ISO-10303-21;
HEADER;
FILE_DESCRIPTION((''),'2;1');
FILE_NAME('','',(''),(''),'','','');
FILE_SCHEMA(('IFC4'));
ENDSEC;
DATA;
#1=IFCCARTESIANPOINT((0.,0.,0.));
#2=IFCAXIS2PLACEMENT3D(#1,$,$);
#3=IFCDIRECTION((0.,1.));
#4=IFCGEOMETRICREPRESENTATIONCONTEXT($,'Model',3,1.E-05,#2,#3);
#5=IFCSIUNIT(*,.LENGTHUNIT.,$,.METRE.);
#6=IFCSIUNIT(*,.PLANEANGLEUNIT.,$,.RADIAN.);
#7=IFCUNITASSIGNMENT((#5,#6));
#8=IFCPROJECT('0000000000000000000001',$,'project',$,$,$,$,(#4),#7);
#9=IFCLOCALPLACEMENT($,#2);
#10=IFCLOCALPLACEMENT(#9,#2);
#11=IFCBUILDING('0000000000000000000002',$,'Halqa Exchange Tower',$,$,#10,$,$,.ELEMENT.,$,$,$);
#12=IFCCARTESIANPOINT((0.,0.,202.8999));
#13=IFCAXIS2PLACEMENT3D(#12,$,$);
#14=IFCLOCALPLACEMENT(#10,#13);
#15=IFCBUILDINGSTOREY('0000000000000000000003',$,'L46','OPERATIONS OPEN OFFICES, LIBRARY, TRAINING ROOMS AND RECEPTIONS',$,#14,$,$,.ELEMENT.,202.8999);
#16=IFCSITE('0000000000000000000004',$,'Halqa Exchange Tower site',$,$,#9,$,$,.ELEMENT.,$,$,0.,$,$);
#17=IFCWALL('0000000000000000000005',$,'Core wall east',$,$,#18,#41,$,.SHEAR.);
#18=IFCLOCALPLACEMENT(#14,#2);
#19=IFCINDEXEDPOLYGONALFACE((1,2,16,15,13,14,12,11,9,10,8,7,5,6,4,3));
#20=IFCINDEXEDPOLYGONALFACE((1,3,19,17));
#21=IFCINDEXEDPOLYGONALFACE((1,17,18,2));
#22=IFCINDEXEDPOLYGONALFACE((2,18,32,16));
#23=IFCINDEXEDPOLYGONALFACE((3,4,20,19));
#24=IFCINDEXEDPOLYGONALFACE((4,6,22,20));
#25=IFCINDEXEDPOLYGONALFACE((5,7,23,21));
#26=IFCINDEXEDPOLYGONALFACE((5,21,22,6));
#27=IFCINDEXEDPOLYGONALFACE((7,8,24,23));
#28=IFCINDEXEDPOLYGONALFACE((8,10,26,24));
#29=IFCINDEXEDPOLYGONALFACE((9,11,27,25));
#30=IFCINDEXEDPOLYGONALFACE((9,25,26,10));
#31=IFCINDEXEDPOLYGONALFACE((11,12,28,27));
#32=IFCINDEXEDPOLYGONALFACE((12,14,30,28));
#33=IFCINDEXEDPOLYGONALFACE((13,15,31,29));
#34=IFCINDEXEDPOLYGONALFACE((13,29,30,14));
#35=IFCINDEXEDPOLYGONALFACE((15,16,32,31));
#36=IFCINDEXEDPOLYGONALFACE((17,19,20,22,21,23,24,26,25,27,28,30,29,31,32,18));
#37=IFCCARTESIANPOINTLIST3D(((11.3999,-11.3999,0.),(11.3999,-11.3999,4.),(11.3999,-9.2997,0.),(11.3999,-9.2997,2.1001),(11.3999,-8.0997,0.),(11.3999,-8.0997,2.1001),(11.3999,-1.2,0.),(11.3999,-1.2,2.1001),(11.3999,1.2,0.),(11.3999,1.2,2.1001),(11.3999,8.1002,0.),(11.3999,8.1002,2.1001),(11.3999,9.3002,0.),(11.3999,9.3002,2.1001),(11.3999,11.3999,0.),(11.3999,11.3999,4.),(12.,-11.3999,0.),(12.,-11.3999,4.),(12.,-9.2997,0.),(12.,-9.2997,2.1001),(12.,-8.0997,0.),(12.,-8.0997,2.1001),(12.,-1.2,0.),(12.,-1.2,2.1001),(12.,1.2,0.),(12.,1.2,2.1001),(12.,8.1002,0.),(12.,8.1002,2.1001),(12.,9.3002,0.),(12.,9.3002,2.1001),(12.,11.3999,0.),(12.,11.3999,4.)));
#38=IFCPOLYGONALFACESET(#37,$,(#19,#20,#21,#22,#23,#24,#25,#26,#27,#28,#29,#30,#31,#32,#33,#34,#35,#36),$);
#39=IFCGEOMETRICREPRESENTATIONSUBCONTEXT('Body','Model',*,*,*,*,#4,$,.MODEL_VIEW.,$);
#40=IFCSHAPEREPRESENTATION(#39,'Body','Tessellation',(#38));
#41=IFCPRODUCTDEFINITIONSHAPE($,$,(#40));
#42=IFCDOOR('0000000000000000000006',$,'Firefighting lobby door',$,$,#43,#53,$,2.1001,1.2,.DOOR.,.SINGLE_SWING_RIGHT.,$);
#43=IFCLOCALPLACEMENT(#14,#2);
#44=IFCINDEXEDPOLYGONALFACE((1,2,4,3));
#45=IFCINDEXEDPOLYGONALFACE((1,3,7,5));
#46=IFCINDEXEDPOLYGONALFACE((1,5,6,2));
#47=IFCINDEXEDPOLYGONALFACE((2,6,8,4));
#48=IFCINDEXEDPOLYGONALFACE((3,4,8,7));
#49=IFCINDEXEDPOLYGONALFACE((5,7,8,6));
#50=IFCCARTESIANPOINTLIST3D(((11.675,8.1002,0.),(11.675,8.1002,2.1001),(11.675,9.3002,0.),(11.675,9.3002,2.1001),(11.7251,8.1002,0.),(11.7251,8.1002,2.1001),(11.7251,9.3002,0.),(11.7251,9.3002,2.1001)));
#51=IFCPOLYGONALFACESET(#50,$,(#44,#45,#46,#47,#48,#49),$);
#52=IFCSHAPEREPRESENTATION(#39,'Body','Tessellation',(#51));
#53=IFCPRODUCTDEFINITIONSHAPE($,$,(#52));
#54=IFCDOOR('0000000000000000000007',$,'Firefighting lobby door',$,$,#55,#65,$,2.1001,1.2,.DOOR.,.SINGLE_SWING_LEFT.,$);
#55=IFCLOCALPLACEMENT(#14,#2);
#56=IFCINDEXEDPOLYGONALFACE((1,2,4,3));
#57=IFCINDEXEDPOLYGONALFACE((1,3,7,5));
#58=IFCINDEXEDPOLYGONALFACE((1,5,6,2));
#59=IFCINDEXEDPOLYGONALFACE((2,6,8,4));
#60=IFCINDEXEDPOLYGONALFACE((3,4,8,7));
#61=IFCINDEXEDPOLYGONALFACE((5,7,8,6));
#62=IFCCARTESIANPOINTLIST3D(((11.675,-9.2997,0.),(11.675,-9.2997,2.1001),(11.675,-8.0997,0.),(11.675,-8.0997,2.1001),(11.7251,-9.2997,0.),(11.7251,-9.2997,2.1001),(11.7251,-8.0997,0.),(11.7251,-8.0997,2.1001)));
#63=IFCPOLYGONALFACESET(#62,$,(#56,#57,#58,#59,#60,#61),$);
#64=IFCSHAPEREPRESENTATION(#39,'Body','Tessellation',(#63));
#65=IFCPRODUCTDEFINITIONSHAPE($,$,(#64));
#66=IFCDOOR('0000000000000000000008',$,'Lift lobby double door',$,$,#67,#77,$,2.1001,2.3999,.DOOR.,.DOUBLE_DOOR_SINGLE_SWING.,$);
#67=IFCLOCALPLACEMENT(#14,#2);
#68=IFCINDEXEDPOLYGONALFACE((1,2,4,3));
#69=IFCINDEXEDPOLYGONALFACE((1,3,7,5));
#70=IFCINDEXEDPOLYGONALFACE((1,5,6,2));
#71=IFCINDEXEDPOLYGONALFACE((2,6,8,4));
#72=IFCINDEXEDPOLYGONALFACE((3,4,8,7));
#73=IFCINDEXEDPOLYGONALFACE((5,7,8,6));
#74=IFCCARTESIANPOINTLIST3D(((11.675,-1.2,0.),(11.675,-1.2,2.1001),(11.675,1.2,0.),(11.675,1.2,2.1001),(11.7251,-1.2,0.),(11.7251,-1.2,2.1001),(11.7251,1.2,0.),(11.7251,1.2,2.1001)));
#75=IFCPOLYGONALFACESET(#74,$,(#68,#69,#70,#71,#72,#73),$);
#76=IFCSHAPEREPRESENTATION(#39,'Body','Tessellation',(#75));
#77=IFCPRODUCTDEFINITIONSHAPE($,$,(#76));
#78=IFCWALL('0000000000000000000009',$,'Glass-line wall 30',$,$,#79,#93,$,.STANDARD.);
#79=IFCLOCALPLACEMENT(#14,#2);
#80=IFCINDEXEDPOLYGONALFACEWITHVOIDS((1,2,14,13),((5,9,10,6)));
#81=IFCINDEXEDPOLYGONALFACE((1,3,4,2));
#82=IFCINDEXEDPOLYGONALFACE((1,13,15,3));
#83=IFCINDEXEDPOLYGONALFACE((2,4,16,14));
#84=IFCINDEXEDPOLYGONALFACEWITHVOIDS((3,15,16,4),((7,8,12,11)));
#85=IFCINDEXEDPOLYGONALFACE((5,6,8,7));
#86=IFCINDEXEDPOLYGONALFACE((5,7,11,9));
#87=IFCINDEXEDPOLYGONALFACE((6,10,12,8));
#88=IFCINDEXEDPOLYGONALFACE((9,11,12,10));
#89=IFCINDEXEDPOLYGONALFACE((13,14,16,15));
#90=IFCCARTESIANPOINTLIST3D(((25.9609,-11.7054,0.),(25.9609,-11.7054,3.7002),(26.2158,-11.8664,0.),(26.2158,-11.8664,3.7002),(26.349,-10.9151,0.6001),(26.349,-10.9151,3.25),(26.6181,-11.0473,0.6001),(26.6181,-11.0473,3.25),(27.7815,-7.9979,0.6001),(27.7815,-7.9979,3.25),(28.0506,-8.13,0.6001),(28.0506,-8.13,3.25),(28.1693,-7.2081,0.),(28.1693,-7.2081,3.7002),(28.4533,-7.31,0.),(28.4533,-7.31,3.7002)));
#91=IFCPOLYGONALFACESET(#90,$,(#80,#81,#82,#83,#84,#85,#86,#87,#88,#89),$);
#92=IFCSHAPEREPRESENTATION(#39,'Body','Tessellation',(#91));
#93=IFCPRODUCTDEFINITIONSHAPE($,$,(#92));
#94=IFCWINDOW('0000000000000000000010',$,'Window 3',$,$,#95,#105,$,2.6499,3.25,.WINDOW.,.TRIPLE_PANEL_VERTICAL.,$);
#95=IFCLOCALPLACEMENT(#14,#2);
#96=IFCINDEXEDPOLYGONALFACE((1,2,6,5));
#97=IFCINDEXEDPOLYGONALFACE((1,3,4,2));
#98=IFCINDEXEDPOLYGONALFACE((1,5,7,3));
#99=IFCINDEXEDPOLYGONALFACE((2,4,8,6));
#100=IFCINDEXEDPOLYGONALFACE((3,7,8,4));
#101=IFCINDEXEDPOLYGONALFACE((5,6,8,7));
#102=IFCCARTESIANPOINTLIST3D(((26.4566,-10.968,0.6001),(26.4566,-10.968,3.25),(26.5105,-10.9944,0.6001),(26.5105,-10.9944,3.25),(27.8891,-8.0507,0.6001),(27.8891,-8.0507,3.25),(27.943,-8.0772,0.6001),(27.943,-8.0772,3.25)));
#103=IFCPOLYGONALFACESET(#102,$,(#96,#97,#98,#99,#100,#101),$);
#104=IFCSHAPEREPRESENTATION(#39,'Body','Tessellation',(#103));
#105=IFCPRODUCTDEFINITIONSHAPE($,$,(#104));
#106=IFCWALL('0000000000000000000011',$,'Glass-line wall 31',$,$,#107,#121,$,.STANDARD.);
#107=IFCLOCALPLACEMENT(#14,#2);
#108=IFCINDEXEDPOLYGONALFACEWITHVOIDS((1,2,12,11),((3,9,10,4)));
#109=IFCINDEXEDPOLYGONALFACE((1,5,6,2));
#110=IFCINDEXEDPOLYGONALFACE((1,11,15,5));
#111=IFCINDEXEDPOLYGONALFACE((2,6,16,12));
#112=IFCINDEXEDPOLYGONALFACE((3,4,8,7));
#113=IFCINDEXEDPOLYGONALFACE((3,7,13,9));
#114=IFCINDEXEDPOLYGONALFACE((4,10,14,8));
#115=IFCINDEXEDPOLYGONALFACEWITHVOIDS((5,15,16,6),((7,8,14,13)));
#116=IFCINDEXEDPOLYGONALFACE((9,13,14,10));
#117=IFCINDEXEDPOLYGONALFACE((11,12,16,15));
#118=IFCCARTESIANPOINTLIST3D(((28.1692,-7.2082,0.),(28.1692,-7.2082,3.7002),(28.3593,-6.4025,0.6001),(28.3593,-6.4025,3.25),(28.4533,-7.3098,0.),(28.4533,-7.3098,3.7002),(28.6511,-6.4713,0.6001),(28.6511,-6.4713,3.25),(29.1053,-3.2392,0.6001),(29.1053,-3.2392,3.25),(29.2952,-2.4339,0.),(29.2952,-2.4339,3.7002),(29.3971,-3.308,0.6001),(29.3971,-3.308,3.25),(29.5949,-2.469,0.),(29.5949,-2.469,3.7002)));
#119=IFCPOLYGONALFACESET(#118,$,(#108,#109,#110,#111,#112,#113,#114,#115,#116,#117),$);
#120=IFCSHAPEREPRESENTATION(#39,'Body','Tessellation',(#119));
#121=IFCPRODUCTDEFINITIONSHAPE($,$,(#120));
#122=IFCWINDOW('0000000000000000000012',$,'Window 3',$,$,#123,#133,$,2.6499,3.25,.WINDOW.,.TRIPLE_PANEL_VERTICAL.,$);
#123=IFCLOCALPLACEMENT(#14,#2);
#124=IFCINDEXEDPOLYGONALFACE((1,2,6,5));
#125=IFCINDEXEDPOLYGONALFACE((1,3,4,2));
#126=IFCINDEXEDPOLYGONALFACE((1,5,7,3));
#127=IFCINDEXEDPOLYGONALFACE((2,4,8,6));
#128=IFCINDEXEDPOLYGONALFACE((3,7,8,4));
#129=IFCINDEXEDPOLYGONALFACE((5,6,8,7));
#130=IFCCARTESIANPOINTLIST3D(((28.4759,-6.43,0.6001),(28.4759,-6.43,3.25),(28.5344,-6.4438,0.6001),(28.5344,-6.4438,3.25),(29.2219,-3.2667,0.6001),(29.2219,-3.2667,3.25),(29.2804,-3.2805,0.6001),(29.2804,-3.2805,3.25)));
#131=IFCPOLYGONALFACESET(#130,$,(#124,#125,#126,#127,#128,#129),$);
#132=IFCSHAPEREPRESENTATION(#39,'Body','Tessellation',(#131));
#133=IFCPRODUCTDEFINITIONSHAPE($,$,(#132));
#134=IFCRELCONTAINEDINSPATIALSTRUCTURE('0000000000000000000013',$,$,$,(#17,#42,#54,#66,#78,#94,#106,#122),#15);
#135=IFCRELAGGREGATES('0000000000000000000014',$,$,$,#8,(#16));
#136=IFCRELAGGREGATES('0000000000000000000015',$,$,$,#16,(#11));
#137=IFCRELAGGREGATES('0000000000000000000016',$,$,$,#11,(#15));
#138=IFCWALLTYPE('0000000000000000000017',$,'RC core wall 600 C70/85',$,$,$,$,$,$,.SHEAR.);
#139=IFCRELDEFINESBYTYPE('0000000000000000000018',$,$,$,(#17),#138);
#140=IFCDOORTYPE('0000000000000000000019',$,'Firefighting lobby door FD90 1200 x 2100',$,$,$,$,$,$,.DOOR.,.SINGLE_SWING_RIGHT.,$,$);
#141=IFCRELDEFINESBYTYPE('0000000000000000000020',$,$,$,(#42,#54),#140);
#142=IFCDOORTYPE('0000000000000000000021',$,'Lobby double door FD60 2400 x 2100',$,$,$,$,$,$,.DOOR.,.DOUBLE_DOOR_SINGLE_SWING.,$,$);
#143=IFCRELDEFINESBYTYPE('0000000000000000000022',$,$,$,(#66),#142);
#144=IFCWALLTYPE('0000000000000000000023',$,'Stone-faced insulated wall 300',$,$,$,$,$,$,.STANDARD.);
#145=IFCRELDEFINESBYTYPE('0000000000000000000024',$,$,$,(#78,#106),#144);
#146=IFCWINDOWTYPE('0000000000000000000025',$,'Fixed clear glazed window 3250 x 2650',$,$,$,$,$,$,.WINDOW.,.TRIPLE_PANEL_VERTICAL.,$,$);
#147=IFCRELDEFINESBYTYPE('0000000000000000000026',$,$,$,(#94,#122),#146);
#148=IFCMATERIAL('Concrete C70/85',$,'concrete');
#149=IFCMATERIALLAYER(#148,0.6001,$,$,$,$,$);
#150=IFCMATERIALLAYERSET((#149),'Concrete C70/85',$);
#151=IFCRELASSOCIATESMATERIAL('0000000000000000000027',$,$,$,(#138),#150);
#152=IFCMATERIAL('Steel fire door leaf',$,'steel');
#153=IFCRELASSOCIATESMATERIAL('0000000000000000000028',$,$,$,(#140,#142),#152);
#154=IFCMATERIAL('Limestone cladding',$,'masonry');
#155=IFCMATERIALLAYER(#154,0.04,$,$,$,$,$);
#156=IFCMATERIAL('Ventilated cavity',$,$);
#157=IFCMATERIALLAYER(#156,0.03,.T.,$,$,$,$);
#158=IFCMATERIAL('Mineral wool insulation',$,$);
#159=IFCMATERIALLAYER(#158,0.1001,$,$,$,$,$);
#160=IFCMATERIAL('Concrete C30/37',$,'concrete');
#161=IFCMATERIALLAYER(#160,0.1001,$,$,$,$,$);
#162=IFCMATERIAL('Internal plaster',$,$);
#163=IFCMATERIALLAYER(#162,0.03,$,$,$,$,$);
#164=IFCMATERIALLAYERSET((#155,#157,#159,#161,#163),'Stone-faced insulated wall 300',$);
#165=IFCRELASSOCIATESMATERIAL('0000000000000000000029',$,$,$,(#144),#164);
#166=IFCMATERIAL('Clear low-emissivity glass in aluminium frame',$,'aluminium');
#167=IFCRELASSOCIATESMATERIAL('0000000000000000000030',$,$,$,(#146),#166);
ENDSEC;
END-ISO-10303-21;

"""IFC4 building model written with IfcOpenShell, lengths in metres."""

from ifc_helpers import new_model, si_unit, direction, frame, frame_2d, origin, place, context, subcontext, project, spatial, polyline, rectangle, outline, extrude, material, layer, layer_set, type_object, element, fill, save


model = new_model("IFC4")

# Units and contexts
model_context = context("Model", 3, precision=1e-05, world=origin(), true_north=direction((0.0, 1.0)))
body_context = subcontext(model_context, "Body", "Model", "MODEL_VIEW")
ifc_project = project(units=[si_unit("LENGTHUNIT", "METRE"), si_unit("PLANEANGLEUNIT", "RADIAN")], contexts=[model_context])

# Site, building, storey
site_placement = place(None, origin())
site = spatial("IfcSite", under=ifc_project, at=site_placement, Name="Halqa Exchange Tower site", CompositionType="ELEMENT", RefElevation=0.0)
building_placement = place(site_placement, origin())
building = spatial("IfcBuilding", under=site, at=building_placement, Name="Halqa Exchange Tower", CompositionType="ELEMENT")
storey_placement = place(building_placement, frame((0.0, 0.0, 202.8999)))
storey = spatial("IfcBuildingStorey", under=building, at=storey_placement, Name="L46", Description="OPERATIONS OPEN OFFICES, LIBRARY, TRAINING ROOMS AND RECEPTIONS", CompositionType="ELEMENT", Elevation=202.8999)

# Shared definitions
ifc_material_1 = material(Name="Steel fire door leaf", Category="steel")

# Wall, openings, doors
ifc_material_2 = material(Name="Concrete C70/85", Category="concrete")
ifc_layer_1 = layer(ifc_material_2, 0.6001)
ifc_layer_set_1 = layer_set([ifc_layer_1], Name="Concrete C70/85")
wall_type_1 = type_object("IfcWallType", Name="RC core wall 600 C70/85", PredefinedType="SHEAR", material=ifc_layer_set_1)
wall_1_placement = place(storey_placement, frame((11.7, -11.3999, 0.0), z_axis=(0.0, 0.0, 1.0), x_axis=(0.0, 1.0, 0.0)))
wall_1 = element("IfcWall", 1, at=wall_1_placement, inside=storey, type_object=wall_type_1, Name="Core wall east", PredefinedType="SHEAR", context=body_context, shape_type="SweptSolid", body=[
    extrude(rectangle(XDim=22.7998, YDim=0.6001, at=frame_2d((11.3999, 0.0))), origin(), (0.0, 0.0, 1.0), 4.0),
])
opening_1_placement = place(wall_1_placement, frame((10.2, 0.0, 0.0)))
opening_1 = element("IfcOpeningElement", 2, at=opening_1_placement, cuts=wall_1, PredefinedType="OPENING", context=body_context, shape_type="SweptSolid", body=[
    extrude(rectangle(XDim=2.3999, YDim=2.1001, at=frame_2d((1.2, 1.05))), frame((0.0, 0.312, 0.0), z_axis=(0.0, -1.0, 0.0), x_axis=(1.0, 0.0, 0.0)), (0.0, 0.0, 1.0), 0.624),
])
opening_2_placement = place(wall_1_placement, frame((19.5, 0.0, 0.0)))
opening_2 = element("IfcOpeningElement", 3, at=opening_2_placement, cuts=wall_1, PredefinedType="OPENING", context=body_context, shape_type="SweptSolid", body=[
    extrude(rectangle(XDim=1.2, YDim=2.1001, at=frame_2d((0.6001, 1.05))), frame((0.0, 0.312, 0.0), z_axis=(0.0, -1.0, 0.0), x_axis=(1.0, 0.0, 0.0)), (0.0, 0.0, 1.0), 0.624),
])
opening_3_placement = place(wall_1_placement, frame((2.1001, 0.0, 0.0)))
opening_3 = element("IfcOpeningElement", 4, at=opening_3_placement, cuts=wall_1, PredefinedType="OPENING", context=body_context, shape_type="SweptSolid", body=[
    extrude(rectangle(XDim=1.2, YDim=2.1001, at=frame_2d((0.6001, 1.05))), frame((0.0, 0.312, 0.0), z_axis=(0.0, -1.0, 0.0), x_axis=(1.0, 0.0, 0.0)), (0.0, 0.0, 1.0), 0.624),
])
door_type_1 = type_object("IfcDoorType", Name="Firefighting lobby door FD90 1200 x 2100", OperationType="SINGLE_SWING_RIGHT", PredefinedType="DOOR", material=ifc_material_1)
door_1_placement = place(opening_2_placement, origin())
door_1 = element("IfcDoor", 5, at=door_1_placement, inside=storey, type_object=door_type_1, Name="Firefighting lobby door", OperationType="SINGLE_SWING_RIGHT", OverallHeight=2.1001, OverallWidth=1.2, PredefinedType="DOOR", context=body_context, shape_type="SweptSolid", body=[
    extrude(rectangle(XDim=1.2, YDim=2.1001, at=frame_2d((0.6001, 1.05))), frame((0.0, 0.0249, 0.0), z_axis=(0.0, -1.0, 0.0), x_axis=(1.0, 0.0, 0.0)), (0.0, 0.0, 1.0), 0.05),
])
fill(opening_2, door_1)
door_2_placement = place(opening_3_placement, origin())
door_2 = element("IfcDoor", 6, at=door_2_placement, inside=storey, type_object=door_type_1, Name="Firefighting lobby door", OperationType="SINGLE_SWING_LEFT", OverallHeight=2.1001, OverallWidth=1.2, PredefinedType="DOOR", context=body_context, shape_type="SweptSolid", body=[
    extrude(rectangle(XDim=1.2, YDim=2.1001, at=frame_2d((0.6001, 1.05))), frame((0.0, 0.0249, 0.0), z_axis=(0.0, -1.0, 0.0), x_axis=(1.0, 0.0, 0.0)), (0.0, 0.0, 1.0), 0.05),
])
fill(opening_3, door_2)
door_type_2 = type_object("IfcDoorType", Name="Lobby double door FD60 2400 x 2100", OperationType="DOUBLE_DOOR_SINGLE_SWING", PredefinedType="DOOR", material=ifc_material_1)
door_3_placement = place(opening_1_placement, origin())
door_3 = element("IfcDoor", 7, at=door_3_placement, inside=storey, type_object=door_type_2, Name="Lift lobby double door", OperationType="DOUBLE_DOOR_SINGLE_SWING", OverallHeight=2.1001, OverallWidth=2.3999, PredefinedType="DOOR", context=body_context, shape_type="SweptSolid", body=[
    extrude(rectangle(XDim=2.3999, YDim=2.1001, at=frame_2d((1.2, 1.05))), frame((0.0, 0.0249, 0.0), z_axis=(0.0, -1.0, 0.0), x_axis=(1.0, 0.0, 0.0)), (0.0, 0.0, 1.0), 0.05),
])
fill(opening_1, door_3)

# Walls, openings, windows
ifc_material_3 = material(Name="Limestone cladding", Category="masonry")
ifc_layer_2 = layer(ifc_material_3, 0.04)
ifc_material_4 = material(Name="Ventilated cavity")
ifc_layer_3 = layer(ifc_material_4, 0.03, ventilated=True)
ifc_material_5 = material(Name="Mineral wool insulation")
ifc_layer_4 = layer(ifc_material_5, 0.1001)
ifc_material_6 = material(Name="Concrete C30/37", Category="concrete")
ifc_layer_5 = layer(ifc_material_6, 0.1001)
ifc_material_7 = material(Name="Internal plaster")
ifc_layer_6 = layer(ifc_material_7, 0.03)
ifc_layer_set_2 = layer_set([ifc_layer_2, ifc_layer_3, ifc_layer_4, ifc_layer_5, ifc_layer_6], Name="Stone-faced insulated wall 300")
wall_type_2 = type_object("IfcWallType", Name="Stone-faced insulated wall 300", PredefinedType="STANDARD", material=ifc_layer_set_2)
wall_2_placement = place(storey_placement, frame((26.0884, -11.7859, 0.0), z_axis=(0.0, 0.0, 1.0), x_axis=(0.440773, 0.897619, 0.0)))
wall_2 = element("IfcWall", 8, at=wall_2_placement, inside=storey, type_object=wall_type_2, Name="Glass-line wall 30", PredefinedType="STANDARD", context=body_context, shape_type="SweptSolid", body=[
    extrude(outline(polyline([(-0.0161, -0.1499), (5.0601, -0.1499), (5.0264, 0.1499), (0.0161, 0.1499), (-0.0161, -0.1499)])), origin(), (0.0, 0.0, 1.0), 3.7002),
])
opening_4_placement = place(wall_2_placement, frame((0.8965, 0.0, 0.6001)))
opening_4 = element("IfcOpeningElement", 9, at=opening_4_placement, cuts=wall_2, PredefinedType="OPENING", context=body_context, shape_type="SweptSolid", body=[
    extrude(rectangle(XDim=3.25, YDim=2.6499, at=frame_2d((1.625, 1.325))), frame((0.0, 0.1621, 0.0), z_axis=(0.0, -1.0, 0.0), x_axis=(1.0, 0.0, 0.0)), (0.0, 0.0, 1.0), 0.324),
])
ifc_material_8 = material(Name="Clear low-emissivity glass in aluminium frame", Category="aluminium")
window_type = type_object("IfcWindowType", Name="Fixed clear glazed window 3250 x 2650", PartitioningType="TRIPLE_PANEL_VERTICAL", PredefinedType="WINDOW", material=ifc_material_8)
window_1_placement = place(opening_4_placement, origin())
window_1 = element("IfcWindow", 10, at=window_1_placement, inside=storey, type_object=window_type, Name="Window 3", OverallHeight=2.6499, OverallWidth=3.25, PartitioningType="TRIPLE_PANEL_VERTICAL", PredefinedType="WINDOW", context=body_context, shape_type="SweptSolid", body=[
    extrude(rectangle(XDim=3.25, YDim=2.6499, at=frame_2d((1.625, 1.325))), frame((0.0, 0.03, 0.0), z_axis=(0.0, -1.0, 0.0), x_axis=(1.0, 0.0, 0.0)), (0.0, 0.0, 1.0), 0.0601),
])
fill(opening_4, window_1)
wall_3_placement = place(storey_placement, frame((28.3113, -7.259, 0.0), z_axis=(0.0, 0.0, 1.0), x_axis=(0.229535, 0.9733, 0.0)))
wall_3 = element("IfcWall", 11, at=wall_3_placement, inside=storey, type_object=wall_type_2, Name="Glass-line wall 31", PredefinedType="STANDARD", context=body_context, shape_type="SweptSolid", body=[
    extrude(outline(polyline([(-0.0168, -0.1499), (4.9568, -0.1499), (4.9221, 0.1499), (0.0168, 0.1499), (-0.0168, -0.1499)])), origin(), (0.0, 0.0, 1.0), 3.7002),
])
opening_5_placement = place(wall_3_placement, frame((0.8447, 0.0, 0.6001)))
opening_5 = element("IfcOpeningElement", 12, at=opening_5_placement, cuts=wall_3, PredefinedType="OPENING", context=body_context, shape_type="SweptSolid", body=[
    extrude(rectangle(XDim=3.25, YDim=2.6499, at=frame_2d((1.625, 1.325))), frame((0.0, 0.1621, 0.0), z_axis=(0.0, -1.0, 0.0), x_axis=(1.0, 0.0, 0.0)), (0.0, 0.0, 1.0), 0.324),
])
window_2_placement = place(opening_5_placement, origin())
window_2 = element("IfcWindow", 13, at=window_2_placement, inside=storey, type_object=window_type, Name="Window 3", OverallHeight=2.6499, OverallWidth=3.25, PartitioningType="TRIPLE_PANEL_VERTICAL", PredefinedType="WINDOW", context=body_context, shape_type="SweptSolid", body=[
    extrude(rectangle(XDim=3.25, YDim=2.6499, at=frame_2d((1.625, 1.325))), frame((0.0, 0.03, 0.0), z_axis=(0.0, -1.0, 0.0), x_axis=(1.0, 0.0, 0.0)), (0.0, 0.0, 1.0), 0.0601),
])
fill(opening_5, window_2)

save(model, "model.ifc")
